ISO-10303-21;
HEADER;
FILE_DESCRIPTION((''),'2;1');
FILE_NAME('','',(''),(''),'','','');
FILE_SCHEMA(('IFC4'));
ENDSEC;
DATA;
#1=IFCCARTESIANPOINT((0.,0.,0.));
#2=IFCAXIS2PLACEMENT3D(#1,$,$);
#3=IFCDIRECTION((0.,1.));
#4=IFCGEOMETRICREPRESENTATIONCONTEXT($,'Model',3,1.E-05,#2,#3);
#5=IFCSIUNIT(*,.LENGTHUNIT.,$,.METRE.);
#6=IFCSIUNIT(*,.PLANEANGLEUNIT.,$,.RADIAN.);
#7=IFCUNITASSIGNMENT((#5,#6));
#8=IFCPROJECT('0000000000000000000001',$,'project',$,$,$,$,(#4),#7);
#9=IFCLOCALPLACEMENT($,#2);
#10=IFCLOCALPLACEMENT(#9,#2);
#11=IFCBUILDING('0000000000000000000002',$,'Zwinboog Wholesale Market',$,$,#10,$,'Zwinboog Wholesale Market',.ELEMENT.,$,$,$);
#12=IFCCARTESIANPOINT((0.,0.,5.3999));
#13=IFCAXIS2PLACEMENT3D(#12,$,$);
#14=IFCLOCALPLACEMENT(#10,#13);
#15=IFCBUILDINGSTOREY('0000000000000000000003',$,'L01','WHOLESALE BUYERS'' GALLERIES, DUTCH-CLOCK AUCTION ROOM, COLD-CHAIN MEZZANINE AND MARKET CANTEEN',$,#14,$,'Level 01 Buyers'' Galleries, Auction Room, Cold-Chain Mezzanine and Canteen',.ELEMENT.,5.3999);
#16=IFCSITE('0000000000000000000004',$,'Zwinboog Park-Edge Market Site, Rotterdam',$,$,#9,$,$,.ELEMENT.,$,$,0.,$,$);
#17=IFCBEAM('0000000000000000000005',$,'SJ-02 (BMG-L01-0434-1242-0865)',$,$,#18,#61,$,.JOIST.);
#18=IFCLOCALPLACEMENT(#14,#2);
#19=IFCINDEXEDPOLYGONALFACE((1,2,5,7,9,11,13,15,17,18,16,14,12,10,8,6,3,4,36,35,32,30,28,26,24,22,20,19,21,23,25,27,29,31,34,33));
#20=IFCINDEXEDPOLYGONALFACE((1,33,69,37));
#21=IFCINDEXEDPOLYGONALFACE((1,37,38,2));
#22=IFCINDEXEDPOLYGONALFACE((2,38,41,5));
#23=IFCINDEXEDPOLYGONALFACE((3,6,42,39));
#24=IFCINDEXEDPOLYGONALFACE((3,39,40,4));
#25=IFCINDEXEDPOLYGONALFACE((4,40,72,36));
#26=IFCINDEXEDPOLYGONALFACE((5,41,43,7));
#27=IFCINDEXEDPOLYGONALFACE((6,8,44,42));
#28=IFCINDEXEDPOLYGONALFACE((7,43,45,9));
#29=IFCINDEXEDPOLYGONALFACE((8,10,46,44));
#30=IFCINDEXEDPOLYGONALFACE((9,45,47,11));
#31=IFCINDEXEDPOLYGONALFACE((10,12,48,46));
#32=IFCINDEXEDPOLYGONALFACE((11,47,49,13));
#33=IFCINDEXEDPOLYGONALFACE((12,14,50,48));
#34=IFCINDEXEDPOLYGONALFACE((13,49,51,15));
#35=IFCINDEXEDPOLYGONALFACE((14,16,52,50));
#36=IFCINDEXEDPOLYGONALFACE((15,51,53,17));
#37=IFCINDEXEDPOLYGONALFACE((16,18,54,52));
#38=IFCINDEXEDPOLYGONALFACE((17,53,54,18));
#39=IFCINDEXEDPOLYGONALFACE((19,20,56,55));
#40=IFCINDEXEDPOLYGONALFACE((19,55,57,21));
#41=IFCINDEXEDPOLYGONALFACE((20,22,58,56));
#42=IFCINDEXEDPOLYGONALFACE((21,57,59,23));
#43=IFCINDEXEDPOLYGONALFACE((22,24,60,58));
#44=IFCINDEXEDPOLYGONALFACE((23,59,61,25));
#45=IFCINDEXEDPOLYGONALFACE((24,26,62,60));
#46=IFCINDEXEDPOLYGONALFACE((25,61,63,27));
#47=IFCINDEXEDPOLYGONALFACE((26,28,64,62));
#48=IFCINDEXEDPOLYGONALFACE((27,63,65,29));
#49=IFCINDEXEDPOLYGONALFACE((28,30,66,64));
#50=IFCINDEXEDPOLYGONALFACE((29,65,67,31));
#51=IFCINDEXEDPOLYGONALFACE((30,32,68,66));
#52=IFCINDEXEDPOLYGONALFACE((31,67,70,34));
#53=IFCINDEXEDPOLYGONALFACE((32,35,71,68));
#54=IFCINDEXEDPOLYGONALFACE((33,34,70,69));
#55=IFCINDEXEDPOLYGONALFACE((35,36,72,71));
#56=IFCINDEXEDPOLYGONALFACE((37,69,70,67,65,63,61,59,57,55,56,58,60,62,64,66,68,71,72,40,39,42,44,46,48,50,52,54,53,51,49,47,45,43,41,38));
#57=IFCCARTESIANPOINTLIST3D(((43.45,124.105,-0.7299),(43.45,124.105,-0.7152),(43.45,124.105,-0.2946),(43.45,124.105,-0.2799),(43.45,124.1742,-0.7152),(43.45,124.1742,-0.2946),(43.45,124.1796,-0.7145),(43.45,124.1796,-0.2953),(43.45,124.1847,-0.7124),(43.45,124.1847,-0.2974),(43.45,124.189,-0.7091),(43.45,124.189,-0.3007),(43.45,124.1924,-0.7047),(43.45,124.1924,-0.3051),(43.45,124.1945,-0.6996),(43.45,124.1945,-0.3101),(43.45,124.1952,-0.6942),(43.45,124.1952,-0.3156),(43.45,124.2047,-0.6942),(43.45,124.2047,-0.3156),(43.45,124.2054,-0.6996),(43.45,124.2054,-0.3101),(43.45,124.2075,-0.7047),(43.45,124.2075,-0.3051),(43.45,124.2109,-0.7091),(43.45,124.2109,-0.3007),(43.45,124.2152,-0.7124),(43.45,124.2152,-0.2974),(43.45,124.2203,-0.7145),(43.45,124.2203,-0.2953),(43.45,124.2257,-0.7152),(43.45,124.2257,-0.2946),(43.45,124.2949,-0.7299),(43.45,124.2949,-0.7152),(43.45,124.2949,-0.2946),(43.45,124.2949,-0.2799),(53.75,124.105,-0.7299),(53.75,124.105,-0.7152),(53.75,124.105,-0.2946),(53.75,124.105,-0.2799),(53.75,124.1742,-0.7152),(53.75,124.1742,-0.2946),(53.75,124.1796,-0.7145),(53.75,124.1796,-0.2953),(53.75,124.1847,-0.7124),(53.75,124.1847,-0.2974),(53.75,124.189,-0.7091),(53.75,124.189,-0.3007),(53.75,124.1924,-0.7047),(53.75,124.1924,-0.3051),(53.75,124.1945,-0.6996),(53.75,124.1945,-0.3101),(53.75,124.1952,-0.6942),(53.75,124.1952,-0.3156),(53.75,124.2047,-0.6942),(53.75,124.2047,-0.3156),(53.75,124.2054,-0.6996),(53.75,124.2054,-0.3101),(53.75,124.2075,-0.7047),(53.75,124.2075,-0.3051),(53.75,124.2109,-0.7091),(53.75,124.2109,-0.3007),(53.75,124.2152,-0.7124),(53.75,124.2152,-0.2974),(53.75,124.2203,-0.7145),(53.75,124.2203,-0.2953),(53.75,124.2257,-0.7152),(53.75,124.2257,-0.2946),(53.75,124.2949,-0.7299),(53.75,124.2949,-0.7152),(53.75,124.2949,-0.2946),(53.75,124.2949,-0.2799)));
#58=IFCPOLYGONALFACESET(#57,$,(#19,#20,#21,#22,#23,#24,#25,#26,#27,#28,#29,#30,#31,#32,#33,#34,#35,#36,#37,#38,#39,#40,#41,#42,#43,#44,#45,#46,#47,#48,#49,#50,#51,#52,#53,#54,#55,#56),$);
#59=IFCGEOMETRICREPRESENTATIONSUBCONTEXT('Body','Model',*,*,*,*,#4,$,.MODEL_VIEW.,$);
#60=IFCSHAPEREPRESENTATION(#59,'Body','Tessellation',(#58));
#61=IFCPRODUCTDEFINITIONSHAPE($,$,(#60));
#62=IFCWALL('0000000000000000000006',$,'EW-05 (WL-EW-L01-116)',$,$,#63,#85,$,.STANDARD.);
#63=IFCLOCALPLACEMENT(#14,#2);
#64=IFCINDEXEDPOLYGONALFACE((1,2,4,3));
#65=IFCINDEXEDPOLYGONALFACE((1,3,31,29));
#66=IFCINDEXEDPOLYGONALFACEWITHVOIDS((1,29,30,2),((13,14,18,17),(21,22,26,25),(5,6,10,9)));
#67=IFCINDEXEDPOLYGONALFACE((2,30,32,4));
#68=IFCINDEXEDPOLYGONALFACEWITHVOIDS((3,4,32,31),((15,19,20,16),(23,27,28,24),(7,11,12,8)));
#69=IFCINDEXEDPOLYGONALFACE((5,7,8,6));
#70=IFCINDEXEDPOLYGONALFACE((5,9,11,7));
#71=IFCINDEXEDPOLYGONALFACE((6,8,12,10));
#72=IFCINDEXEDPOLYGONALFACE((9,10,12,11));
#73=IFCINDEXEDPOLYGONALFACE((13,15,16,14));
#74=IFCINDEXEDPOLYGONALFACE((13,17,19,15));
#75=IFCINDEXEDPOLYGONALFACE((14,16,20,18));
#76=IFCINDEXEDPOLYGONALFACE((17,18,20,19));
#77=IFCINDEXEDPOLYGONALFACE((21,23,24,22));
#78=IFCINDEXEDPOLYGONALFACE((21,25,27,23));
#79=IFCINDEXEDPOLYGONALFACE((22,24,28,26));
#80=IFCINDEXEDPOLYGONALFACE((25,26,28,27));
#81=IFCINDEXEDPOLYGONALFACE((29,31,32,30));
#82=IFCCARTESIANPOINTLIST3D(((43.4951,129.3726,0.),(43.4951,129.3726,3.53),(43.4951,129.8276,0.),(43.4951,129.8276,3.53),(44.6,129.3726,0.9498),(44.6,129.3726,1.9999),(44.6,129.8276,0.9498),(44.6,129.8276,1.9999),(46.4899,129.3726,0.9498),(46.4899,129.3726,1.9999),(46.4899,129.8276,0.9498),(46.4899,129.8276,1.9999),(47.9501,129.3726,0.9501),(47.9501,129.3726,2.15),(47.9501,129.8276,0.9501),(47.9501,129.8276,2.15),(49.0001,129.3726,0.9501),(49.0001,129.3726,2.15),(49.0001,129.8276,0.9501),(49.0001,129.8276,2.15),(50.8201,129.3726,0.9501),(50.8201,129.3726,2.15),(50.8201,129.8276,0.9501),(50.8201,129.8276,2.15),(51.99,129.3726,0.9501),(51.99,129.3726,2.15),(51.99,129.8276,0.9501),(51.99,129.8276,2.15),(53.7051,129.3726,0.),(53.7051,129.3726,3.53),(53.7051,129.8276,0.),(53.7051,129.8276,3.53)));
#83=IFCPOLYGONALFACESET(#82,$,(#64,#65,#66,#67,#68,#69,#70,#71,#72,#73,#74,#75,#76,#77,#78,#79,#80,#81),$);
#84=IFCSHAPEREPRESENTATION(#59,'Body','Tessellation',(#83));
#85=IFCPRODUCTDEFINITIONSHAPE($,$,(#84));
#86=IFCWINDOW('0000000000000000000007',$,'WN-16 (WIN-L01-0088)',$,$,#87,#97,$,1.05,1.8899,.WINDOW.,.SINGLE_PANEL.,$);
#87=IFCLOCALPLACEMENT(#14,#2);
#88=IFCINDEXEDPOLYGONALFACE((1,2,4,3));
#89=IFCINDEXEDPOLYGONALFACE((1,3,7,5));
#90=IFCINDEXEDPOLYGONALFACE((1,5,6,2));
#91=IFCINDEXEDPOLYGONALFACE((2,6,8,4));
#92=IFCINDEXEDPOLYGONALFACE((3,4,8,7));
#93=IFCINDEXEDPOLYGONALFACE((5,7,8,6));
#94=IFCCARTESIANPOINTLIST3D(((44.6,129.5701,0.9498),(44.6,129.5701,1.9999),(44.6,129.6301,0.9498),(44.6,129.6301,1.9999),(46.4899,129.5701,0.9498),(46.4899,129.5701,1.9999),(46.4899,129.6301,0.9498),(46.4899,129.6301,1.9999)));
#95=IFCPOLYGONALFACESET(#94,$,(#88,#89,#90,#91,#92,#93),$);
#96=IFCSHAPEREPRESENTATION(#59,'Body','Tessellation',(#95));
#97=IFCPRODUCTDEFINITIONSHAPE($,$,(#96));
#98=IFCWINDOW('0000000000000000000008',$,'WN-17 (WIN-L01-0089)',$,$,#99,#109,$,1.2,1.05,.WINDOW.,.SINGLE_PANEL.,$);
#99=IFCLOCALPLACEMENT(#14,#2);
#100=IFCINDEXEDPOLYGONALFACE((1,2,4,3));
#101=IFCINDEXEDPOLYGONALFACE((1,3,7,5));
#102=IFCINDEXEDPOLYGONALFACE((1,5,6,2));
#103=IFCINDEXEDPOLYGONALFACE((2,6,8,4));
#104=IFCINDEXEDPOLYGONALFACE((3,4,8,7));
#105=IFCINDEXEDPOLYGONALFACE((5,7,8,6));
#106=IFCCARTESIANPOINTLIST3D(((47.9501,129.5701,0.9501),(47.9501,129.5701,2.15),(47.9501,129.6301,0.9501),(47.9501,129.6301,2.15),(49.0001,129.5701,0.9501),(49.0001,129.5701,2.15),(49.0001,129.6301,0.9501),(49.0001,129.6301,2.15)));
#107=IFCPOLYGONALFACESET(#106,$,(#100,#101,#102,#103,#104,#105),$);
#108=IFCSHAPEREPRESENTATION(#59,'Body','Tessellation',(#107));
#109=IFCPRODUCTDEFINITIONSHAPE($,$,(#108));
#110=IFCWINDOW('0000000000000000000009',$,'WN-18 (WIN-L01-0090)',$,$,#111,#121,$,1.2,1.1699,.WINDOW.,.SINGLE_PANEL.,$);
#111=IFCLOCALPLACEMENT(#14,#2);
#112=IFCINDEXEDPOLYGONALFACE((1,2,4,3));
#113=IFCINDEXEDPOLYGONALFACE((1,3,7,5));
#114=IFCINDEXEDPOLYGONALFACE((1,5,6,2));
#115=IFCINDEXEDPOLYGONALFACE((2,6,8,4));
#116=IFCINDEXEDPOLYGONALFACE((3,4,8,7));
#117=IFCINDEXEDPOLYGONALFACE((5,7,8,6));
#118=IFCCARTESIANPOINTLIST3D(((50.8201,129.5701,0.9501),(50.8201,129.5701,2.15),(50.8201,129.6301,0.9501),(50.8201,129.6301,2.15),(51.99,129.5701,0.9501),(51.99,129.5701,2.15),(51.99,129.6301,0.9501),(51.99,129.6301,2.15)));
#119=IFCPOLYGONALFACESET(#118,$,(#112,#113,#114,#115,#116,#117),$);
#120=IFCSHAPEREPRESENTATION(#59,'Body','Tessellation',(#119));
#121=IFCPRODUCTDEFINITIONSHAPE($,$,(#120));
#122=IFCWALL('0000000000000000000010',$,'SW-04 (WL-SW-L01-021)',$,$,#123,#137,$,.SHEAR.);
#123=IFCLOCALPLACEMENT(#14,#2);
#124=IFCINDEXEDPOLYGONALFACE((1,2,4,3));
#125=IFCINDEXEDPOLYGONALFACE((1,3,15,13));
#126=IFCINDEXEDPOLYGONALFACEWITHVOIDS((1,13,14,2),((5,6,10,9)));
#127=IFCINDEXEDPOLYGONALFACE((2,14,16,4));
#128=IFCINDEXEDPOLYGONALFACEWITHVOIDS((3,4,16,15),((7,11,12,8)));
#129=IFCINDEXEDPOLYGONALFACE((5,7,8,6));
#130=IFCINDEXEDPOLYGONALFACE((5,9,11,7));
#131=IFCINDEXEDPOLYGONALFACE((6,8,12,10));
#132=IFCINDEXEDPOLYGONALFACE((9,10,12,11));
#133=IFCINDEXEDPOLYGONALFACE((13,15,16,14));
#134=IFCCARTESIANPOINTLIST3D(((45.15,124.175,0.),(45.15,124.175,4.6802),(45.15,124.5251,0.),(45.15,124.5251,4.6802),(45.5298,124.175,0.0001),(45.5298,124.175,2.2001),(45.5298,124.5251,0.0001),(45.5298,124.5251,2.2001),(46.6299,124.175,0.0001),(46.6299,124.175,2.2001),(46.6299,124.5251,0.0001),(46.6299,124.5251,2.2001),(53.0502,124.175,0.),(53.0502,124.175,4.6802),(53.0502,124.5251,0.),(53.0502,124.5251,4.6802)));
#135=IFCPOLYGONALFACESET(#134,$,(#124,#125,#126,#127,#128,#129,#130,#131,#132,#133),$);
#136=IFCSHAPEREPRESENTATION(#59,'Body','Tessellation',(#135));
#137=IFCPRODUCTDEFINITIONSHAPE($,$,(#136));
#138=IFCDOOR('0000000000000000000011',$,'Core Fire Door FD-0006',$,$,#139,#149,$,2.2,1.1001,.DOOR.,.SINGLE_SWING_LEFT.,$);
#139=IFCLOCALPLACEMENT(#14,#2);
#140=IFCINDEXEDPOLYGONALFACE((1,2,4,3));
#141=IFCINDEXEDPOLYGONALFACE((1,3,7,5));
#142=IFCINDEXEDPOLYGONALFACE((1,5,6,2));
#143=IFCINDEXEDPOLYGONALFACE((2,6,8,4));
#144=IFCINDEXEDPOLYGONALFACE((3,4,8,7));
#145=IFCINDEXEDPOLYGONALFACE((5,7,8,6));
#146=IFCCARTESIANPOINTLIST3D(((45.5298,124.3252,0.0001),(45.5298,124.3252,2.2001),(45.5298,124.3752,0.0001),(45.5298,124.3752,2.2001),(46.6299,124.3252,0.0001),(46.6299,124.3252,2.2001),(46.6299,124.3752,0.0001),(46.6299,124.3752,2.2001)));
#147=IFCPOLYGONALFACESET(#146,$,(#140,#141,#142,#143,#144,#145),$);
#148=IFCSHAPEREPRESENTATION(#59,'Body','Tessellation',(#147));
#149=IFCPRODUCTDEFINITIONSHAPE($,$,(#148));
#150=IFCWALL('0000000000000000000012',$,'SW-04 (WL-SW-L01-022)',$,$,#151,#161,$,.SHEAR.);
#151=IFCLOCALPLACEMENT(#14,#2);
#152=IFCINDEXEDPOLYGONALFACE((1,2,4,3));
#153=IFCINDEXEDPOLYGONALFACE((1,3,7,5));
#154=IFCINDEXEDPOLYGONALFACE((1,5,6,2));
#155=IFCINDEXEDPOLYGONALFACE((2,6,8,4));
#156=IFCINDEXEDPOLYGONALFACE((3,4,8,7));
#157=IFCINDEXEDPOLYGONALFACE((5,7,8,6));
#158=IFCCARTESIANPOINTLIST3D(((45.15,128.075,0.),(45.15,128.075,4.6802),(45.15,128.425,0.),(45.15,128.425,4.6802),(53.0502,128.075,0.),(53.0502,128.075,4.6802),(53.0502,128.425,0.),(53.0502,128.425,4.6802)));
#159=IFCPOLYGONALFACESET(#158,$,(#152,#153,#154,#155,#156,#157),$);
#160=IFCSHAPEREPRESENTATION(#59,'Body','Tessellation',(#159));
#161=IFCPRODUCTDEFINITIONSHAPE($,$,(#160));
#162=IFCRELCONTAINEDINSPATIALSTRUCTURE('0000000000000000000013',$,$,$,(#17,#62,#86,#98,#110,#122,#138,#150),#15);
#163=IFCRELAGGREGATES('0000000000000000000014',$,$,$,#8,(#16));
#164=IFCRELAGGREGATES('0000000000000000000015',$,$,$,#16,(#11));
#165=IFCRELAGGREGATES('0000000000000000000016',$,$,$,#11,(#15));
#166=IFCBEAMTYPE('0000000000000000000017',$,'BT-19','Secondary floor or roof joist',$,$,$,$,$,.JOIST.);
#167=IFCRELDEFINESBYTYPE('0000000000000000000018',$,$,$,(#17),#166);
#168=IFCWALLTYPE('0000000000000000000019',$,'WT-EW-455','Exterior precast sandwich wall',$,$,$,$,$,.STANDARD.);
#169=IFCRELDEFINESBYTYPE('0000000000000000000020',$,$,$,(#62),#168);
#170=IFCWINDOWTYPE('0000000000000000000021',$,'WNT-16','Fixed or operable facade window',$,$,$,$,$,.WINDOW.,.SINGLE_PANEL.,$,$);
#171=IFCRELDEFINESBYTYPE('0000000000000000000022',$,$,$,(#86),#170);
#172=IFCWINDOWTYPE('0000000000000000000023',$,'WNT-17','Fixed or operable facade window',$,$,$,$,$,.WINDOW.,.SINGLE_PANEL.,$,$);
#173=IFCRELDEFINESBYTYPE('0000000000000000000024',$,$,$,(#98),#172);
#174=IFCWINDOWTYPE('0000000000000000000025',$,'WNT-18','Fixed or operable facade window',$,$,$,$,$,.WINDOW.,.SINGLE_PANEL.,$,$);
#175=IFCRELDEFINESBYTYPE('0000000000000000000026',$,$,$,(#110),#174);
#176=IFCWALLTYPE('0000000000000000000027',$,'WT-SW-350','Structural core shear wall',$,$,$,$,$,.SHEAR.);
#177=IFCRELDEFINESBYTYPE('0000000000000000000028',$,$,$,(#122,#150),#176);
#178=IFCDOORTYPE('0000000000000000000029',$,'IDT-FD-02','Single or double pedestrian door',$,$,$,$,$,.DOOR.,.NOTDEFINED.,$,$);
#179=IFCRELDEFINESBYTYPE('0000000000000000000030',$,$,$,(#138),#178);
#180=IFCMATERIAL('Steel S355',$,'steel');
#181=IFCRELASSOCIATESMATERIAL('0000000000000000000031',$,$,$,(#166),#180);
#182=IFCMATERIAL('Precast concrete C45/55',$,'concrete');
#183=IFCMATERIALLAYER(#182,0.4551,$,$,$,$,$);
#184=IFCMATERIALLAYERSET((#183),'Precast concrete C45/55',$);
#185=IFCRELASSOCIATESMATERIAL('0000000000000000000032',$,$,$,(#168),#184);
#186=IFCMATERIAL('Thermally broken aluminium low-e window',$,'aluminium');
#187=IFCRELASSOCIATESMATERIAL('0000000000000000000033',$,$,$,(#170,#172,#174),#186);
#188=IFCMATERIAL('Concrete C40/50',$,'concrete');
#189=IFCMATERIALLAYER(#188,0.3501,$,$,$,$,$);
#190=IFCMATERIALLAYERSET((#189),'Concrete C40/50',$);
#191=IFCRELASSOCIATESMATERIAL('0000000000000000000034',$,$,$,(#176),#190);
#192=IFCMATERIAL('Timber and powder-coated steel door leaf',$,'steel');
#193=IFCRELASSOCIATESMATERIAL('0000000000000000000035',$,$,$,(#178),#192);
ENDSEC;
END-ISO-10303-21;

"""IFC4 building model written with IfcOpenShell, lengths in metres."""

from ifc_helpers import new_model, si_unit, direction, frame, frame_2d, origin, origin_2d, place, context, subcontext, project, spatial, rectangle, i_section, extrude, material, layer, layer_set, material_profile, profile_set, type_object, element, fill, save


model = new_model("IFC4")

# Units and contexts
model_context = context("Model", 3, precision=1e-05, world=origin(), true_north=direction((0.0, 1.0)))
body_context = subcontext(model_context, "Body", "Model", "MODEL_VIEW")
ifc_project = project(units=[si_unit("LENGTHUNIT", "METRE"), si_unit("PLANEANGLEUNIT", "RADIAN")], contexts=[model_context])

# Site, building, storey
site_placement = place(None, origin())
site = spatial("IfcSite", under=ifc_project, at=site_placement, Name="Zwinboog Park-Edge Market Site, Rotterdam", CompositionType="ELEMENT", RefElevation=0.0)
building_placement = place(site_placement, origin())
building = spatial("IfcBuilding", under=site, at=building_placement, Name="Zwinboog Wholesale Market", LongName="Zwinboog Wholesale Market", CompositionType="ELEMENT")
storey_placement = place(building_placement, frame((0.0, 0.0, 5.3999)))
storey = spatial("IfcBuildingStorey", under=building, at=storey_placement, Name="L01", Description="WHOLESALE BUYERS' GALLERIES, DUTCH-CLOCK AUCTION ROOM, COLD-CHAIN MEZZANINE AND MARKET CANTEEN", LongName="Level 01 Buyers' Galleries, Auction Room, Cold-Chain Mezzanine and Canteen", CompositionType="ELEMENT", Elevation=5.3999)

# Shared definitions
ifc_material_1 = material(Name="Precast concrete C45/55", Category="concrete")

# Beam
ifc_material_2 = material(Name="Steel S355", Category="steel")
ifc_material_profile_1 = material_profile(ifc_material_2, i_section(OverallWidth=0.1899, OverallDepth=0.45, WebThickness=0.0095, FlangeThickness=0.0146, FilletRadius=0.021, at=origin_2d()), Name="IPE 450")
ifc_profile_set_1 = profile_set([ifc_material_profile_1], Name="Steel S355")
beam_type_1 = type_object("IfcBeamType", Name="BT-19", Description="Secondary floor or roof joist", PredefinedType="JOIST", material=ifc_profile_set_1)
beam_placement = place(storey_placement, frame((43.45, 124.2, -0.5049), z_axis=(1.0, 0.0, 0.0), x_axis=(0.0, 1.0, 0.0)))
element("IfcBeam", 1, at=beam_placement, inside=storey, type_object=beam_type_1, Name="SJ-02 (BMG-L01-0434-1242-0865)", PredefinedType="JOIST", context=body_context, shape_type="SweptSolid", body=[
    extrude(i_section(OverallWidth=0.1899, OverallDepth=0.45, WebThickness=0.0095, FlangeThickness=0.0146, FilletRadius=0.021, at=origin_2d()), origin(), (0.0, 0.0, 1.0), 10.3),
])

# Wall, openings, windows
ifc_layer_1 = layer(ifc_material_1, 0.4551)
ifc_layer_set_1 = layer_set([ifc_layer_1], Name="Precast concrete C45/55")
wall_type_1 = type_object("IfcWallType", Name="WT-EW-455", Description="Exterior precast sandwich wall", PredefinedType="STANDARD", material=ifc_layer_set_1)
wall_1_placement = place(storey_placement, frame((43.4951, 129.6001, 0.0), z_axis=(0.0, 0.0, 1.0), x_axis=(1.0, 0.0, 0.0)))
wall_1 = element("IfcWall", 2, at=wall_1_placement, inside=storey, type_object=wall_type_1, Name="EW-05 (WL-EW-L01-116)", PredefinedType="STANDARD", context=body_context, shape_type="SweptSolid", body=[
    extrude(rectangle(XDim=10.21, YDim=0.4551, at=frame_2d((5.105, 0.0))), origin(), (0.0, 0.0, 1.0), 3.53),
])
opening_1_placement = place(wall_1_placement, frame((1.105, 0.0, 0.95)))
opening_1 = element("IfcOpeningElement", 3, at=opening_1_placement, cuts=wall_1, PredefinedType="OPENING", context=body_context, shape_type="SweptSolid", body=[
    extrude(rectangle(XDim=1.8899, YDim=1.05, at=frame_2d((0.9448, 0.5249))), frame((0.0, 0.2375, 0.0), z_axis=(0.0, -1.0, 0.0), x_axis=(1.0, 0.0, 0.0)), (0.0, 0.0, 1.0), 0.4751),
])
opening_2_placement = place(wall_1_placement, frame((4.4551, 0.0, 0.95)))
opening_2 = element("IfcOpeningElement", 4, at=opening_2_placement, cuts=wall_1, PredefinedType="OPENING", context=body_context, shape_type="SweptSolid", body=[
    extrude(rectangle(XDim=1.05, YDim=1.2, at=frame_2d((0.5249, 0.6001))), frame((0.0, 0.2375, 0.0), z_axis=(0.0, -1.0, 0.0), x_axis=(1.0, 0.0, 0.0)), (0.0, 0.0, 1.0), 0.4751),
])
opening_3_placement = place(wall_1_placement, frame((7.325, 0.0, 0.95)))
opening_3 = element("IfcOpeningElement", 5, at=opening_3_placement, cuts=wall_1, PredefinedType="OPENING", context=body_context, shape_type="SweptSolid", body=[
    extrude(rectangle(XDim=1.1699, YDim=1.2, at=frame_2d((0.585, 0.6001))), frame((0.0, 0.2375, 0.0), z_axis=(0.0, -1.0, 0.0), x_axis=(1.0, 0.0, 0.0)), (0.0, 0.0, 1.0), 0.4751),
])
ifc_material_3 = material(Name="Thermally broken aluminium low-e window", Category="aluminium")
window_type_1 = type_object("IfcWindowType", Name="WNT-16", Description="Fixed or operable facade window", PartitioningType="SINGLE_PANEL", PredefinedType="WINDOW", material=ifc_material_3)
window_1_placement = place(opening_1_placement, origin())
window_1 = element("IfcWindow", 6, at=window_1_placement, inside=storey, type_object=window_type_1, Name="WN-16 (WIN-L01-0088)", OverallHeight=1.05, OverallWidth=1.8899, PartitioningType="SINGLE_PANEL", PredefinedType="WINDOW", context=body_context, shape_type="SweptSolid", body=[
    extrude(rectangle(XDim=1.8899, YDim=1.05, at=frame_2d((0.9448, 0.5249))), frame((0.0, 0.03, 0.0), z_axis=(0.0, -1.0, 0.0), x_axis=(1.0, 0.0, 0.0)), (0.0, 0.0, 1.0), 0.0601),
])
fill(opening_1, window_1)
window_type_2 = type_object("IfcWindowType", Name="WNT-17", Description="Fixed or operable facade window", PartitioningType="SINGLE_PANEL", PredefinedType="WINDOW", material=ifc_material_3)
window_2_placement = place(opening_2_placement, origin())
window_2 = element("IfcWindow", 7, at=window_2_placement, inside=storey, type_object=window_type_2, Name="WN-17 (WIN-L01-0089)", OverallHeight=1.2, OverallWidth=1.05, PartitioningType="SINGLE_PANEL", PredefinedType="WINDOW", context=body_context, shape_type="SweptSolid", body=[
    extrude(rectangle(XDim=1.05, YDim=1.2, at=frame_2d((0.5249, 0.6001))), frame((0.0, 0.03, 0.0), z_axis=(0.0, -1.0, 0.0), x_axis=(1.0, 0.0, 0.0)), (0.0, 0.0, 1.0), 0.0601),
])
fill(opening_2, window_2)
window_type_3 = type_object("IfcWindowType", Name="WNT-18", Description="Fixed or operable facade window", PartitioningType="SINGLE_PANEL", PredefinedType="WINDOW", material=ifc_material_3)
window_3_placement = place(opening_3_placement, origin())
window_3 = element("IfcWindow", 8, at=window_3_placement, inside=storey, type_object=window_type_3, Name="WN-18 (WIN-L01-0090)", OverallHeight=1.2, OverallWidth=1.1699, PartitioningType="SINGLE_PANEL", PredefinedType="WINDOW", context=body_context, shape_type="SweptSolid", body=[
    extrude(rectangle(XDim=1.1699, YDim=1.2, at=frame_2d((0.585, 0.6001))), frame((0.0, 0.03, 0.0), z_axis=(0.0, -1.0, 0.0), x_axis=(1.0, 0.0, 0.0)), (0.0, 0.0, 1.0), 0.0601),
])
fill(opening_3, window_3)

# Wall, opening, door
ifc_material_4 = material(Name="Concrete C40/50", Category="concrete")
ifc_layer_2 = layer(ifc_material_4, 0.3501)
ifc_layer_set_2 = layer_set([ifc_layer_2], Name="Concrete C40/50")
wall_type_2 = type_object("IfcWallType", Name="WT-SW-350", Description="Structural core shear wall", PredefinedType="SHEAR", material=ifc_layer_set_2)
wall_2_placement = place(storey_placement, frame((45.1499, 124.3501, 0.0), z_axis=(0.0, 0.0, 1.0), x_axis=(1.0, 0.0, 0.0)))
wall_2 = element("IfcWall", 9, at=wall_2_placement, inside=storey, type_object=wall_type_2, Name="SW-04 (WL-SW-L01-021)", PredefinedType="SHEAR", context=body_context, shape_type="SweptSolid", body=[
    extrude(rectangle(XDim=7.9001, YDim=0.3501, at=frame_2d((3.9502, 0.0))), origin(), (0.0, 0.0, 1.0), 4.6802),
])
opening_4_placement = place(wall_2_placement, frame((0.3799, 0.0, 0.0)))
opening_4 = element("IfcOpeningElement", 10, at=opening_4_placement, cuts=wall_2, PredefinedType="OPENING", context=body_context, shape_type="SweptSolid", body=[
    extrude(rectangle(XDim=1.1001, YDim=2.2, at=frame_2d((0.55, 1.1001))), frame((0.0, 0.1851, 0.0), z_axis=(0.0, -1.0, 0.0), x_axis=(1.0, 0.0, 0.0)), (0.0, 0.0, 1.0), 0.3701),
])
ifc_material_5 = material(Name="Timber and powder-coated steel door leaf", Category="steel")
door_type_1 = type_object("IfcDoorType", Name="IDT-FD-02", Description="Single or double pedestrian door", OperationType="NOTDEFINED", PredefinedType="DOOR", material=ifc_material_5)
door_1_placement = place(opening_4_placement, frame((1.1001, 0.0, 0.0), z_axis=(0.0, 0.0, 1.0), x_axis=(-1.0, 0.0, 0.0)))
door_1 = element("IfcDoor", 11, at=door_1_placement, inside=storey, type_object=door_type_1, Name="Core Fire Door FD-0006", OperationType="SINGLE_SWING_LEFT", OverallHeight=2.2, OverallWidth=1.1001, PredefinedType="DOOR", context=body_context, shape_type="SweptSolid", body=[
    extrude(rectangle(XDim=1.1001, YDim=2.2, at=frame_2d((0.55, 1.1001))), frame((0.0, 0.0249, 0.0), z_axis=(0.0, -1.0, 0.0), x_axis=(1.0, 0.0, 0.0)), (0.0, 0.0, 1.0), 0.05),
])
fill(opening_4, door_1)

# Wall
wall_3_placement = place(storey_placement, frame((45.1499, 128.25, 0.0), z_axis=(0.0, 0.0, 1.0), x_axis=(1.0, 0.0, 0.0)))
element("IfcWall", 12, at=wall_3_placement, inside=storey, type_object=wall_type_2, Name="SW-04 (WL-SW-L01-022)", PredefinedType="SHEAR", context=body_context, shape_type="SweptSolid", body=[
    extrude(rectangle(XDim=7.9001, YDim=0.3501, at=frame_2d((3.9502, 0.0))), origin(), (0.0, 0.0, 1.0), 4.6802),
])

save(model, "model.ifc")
